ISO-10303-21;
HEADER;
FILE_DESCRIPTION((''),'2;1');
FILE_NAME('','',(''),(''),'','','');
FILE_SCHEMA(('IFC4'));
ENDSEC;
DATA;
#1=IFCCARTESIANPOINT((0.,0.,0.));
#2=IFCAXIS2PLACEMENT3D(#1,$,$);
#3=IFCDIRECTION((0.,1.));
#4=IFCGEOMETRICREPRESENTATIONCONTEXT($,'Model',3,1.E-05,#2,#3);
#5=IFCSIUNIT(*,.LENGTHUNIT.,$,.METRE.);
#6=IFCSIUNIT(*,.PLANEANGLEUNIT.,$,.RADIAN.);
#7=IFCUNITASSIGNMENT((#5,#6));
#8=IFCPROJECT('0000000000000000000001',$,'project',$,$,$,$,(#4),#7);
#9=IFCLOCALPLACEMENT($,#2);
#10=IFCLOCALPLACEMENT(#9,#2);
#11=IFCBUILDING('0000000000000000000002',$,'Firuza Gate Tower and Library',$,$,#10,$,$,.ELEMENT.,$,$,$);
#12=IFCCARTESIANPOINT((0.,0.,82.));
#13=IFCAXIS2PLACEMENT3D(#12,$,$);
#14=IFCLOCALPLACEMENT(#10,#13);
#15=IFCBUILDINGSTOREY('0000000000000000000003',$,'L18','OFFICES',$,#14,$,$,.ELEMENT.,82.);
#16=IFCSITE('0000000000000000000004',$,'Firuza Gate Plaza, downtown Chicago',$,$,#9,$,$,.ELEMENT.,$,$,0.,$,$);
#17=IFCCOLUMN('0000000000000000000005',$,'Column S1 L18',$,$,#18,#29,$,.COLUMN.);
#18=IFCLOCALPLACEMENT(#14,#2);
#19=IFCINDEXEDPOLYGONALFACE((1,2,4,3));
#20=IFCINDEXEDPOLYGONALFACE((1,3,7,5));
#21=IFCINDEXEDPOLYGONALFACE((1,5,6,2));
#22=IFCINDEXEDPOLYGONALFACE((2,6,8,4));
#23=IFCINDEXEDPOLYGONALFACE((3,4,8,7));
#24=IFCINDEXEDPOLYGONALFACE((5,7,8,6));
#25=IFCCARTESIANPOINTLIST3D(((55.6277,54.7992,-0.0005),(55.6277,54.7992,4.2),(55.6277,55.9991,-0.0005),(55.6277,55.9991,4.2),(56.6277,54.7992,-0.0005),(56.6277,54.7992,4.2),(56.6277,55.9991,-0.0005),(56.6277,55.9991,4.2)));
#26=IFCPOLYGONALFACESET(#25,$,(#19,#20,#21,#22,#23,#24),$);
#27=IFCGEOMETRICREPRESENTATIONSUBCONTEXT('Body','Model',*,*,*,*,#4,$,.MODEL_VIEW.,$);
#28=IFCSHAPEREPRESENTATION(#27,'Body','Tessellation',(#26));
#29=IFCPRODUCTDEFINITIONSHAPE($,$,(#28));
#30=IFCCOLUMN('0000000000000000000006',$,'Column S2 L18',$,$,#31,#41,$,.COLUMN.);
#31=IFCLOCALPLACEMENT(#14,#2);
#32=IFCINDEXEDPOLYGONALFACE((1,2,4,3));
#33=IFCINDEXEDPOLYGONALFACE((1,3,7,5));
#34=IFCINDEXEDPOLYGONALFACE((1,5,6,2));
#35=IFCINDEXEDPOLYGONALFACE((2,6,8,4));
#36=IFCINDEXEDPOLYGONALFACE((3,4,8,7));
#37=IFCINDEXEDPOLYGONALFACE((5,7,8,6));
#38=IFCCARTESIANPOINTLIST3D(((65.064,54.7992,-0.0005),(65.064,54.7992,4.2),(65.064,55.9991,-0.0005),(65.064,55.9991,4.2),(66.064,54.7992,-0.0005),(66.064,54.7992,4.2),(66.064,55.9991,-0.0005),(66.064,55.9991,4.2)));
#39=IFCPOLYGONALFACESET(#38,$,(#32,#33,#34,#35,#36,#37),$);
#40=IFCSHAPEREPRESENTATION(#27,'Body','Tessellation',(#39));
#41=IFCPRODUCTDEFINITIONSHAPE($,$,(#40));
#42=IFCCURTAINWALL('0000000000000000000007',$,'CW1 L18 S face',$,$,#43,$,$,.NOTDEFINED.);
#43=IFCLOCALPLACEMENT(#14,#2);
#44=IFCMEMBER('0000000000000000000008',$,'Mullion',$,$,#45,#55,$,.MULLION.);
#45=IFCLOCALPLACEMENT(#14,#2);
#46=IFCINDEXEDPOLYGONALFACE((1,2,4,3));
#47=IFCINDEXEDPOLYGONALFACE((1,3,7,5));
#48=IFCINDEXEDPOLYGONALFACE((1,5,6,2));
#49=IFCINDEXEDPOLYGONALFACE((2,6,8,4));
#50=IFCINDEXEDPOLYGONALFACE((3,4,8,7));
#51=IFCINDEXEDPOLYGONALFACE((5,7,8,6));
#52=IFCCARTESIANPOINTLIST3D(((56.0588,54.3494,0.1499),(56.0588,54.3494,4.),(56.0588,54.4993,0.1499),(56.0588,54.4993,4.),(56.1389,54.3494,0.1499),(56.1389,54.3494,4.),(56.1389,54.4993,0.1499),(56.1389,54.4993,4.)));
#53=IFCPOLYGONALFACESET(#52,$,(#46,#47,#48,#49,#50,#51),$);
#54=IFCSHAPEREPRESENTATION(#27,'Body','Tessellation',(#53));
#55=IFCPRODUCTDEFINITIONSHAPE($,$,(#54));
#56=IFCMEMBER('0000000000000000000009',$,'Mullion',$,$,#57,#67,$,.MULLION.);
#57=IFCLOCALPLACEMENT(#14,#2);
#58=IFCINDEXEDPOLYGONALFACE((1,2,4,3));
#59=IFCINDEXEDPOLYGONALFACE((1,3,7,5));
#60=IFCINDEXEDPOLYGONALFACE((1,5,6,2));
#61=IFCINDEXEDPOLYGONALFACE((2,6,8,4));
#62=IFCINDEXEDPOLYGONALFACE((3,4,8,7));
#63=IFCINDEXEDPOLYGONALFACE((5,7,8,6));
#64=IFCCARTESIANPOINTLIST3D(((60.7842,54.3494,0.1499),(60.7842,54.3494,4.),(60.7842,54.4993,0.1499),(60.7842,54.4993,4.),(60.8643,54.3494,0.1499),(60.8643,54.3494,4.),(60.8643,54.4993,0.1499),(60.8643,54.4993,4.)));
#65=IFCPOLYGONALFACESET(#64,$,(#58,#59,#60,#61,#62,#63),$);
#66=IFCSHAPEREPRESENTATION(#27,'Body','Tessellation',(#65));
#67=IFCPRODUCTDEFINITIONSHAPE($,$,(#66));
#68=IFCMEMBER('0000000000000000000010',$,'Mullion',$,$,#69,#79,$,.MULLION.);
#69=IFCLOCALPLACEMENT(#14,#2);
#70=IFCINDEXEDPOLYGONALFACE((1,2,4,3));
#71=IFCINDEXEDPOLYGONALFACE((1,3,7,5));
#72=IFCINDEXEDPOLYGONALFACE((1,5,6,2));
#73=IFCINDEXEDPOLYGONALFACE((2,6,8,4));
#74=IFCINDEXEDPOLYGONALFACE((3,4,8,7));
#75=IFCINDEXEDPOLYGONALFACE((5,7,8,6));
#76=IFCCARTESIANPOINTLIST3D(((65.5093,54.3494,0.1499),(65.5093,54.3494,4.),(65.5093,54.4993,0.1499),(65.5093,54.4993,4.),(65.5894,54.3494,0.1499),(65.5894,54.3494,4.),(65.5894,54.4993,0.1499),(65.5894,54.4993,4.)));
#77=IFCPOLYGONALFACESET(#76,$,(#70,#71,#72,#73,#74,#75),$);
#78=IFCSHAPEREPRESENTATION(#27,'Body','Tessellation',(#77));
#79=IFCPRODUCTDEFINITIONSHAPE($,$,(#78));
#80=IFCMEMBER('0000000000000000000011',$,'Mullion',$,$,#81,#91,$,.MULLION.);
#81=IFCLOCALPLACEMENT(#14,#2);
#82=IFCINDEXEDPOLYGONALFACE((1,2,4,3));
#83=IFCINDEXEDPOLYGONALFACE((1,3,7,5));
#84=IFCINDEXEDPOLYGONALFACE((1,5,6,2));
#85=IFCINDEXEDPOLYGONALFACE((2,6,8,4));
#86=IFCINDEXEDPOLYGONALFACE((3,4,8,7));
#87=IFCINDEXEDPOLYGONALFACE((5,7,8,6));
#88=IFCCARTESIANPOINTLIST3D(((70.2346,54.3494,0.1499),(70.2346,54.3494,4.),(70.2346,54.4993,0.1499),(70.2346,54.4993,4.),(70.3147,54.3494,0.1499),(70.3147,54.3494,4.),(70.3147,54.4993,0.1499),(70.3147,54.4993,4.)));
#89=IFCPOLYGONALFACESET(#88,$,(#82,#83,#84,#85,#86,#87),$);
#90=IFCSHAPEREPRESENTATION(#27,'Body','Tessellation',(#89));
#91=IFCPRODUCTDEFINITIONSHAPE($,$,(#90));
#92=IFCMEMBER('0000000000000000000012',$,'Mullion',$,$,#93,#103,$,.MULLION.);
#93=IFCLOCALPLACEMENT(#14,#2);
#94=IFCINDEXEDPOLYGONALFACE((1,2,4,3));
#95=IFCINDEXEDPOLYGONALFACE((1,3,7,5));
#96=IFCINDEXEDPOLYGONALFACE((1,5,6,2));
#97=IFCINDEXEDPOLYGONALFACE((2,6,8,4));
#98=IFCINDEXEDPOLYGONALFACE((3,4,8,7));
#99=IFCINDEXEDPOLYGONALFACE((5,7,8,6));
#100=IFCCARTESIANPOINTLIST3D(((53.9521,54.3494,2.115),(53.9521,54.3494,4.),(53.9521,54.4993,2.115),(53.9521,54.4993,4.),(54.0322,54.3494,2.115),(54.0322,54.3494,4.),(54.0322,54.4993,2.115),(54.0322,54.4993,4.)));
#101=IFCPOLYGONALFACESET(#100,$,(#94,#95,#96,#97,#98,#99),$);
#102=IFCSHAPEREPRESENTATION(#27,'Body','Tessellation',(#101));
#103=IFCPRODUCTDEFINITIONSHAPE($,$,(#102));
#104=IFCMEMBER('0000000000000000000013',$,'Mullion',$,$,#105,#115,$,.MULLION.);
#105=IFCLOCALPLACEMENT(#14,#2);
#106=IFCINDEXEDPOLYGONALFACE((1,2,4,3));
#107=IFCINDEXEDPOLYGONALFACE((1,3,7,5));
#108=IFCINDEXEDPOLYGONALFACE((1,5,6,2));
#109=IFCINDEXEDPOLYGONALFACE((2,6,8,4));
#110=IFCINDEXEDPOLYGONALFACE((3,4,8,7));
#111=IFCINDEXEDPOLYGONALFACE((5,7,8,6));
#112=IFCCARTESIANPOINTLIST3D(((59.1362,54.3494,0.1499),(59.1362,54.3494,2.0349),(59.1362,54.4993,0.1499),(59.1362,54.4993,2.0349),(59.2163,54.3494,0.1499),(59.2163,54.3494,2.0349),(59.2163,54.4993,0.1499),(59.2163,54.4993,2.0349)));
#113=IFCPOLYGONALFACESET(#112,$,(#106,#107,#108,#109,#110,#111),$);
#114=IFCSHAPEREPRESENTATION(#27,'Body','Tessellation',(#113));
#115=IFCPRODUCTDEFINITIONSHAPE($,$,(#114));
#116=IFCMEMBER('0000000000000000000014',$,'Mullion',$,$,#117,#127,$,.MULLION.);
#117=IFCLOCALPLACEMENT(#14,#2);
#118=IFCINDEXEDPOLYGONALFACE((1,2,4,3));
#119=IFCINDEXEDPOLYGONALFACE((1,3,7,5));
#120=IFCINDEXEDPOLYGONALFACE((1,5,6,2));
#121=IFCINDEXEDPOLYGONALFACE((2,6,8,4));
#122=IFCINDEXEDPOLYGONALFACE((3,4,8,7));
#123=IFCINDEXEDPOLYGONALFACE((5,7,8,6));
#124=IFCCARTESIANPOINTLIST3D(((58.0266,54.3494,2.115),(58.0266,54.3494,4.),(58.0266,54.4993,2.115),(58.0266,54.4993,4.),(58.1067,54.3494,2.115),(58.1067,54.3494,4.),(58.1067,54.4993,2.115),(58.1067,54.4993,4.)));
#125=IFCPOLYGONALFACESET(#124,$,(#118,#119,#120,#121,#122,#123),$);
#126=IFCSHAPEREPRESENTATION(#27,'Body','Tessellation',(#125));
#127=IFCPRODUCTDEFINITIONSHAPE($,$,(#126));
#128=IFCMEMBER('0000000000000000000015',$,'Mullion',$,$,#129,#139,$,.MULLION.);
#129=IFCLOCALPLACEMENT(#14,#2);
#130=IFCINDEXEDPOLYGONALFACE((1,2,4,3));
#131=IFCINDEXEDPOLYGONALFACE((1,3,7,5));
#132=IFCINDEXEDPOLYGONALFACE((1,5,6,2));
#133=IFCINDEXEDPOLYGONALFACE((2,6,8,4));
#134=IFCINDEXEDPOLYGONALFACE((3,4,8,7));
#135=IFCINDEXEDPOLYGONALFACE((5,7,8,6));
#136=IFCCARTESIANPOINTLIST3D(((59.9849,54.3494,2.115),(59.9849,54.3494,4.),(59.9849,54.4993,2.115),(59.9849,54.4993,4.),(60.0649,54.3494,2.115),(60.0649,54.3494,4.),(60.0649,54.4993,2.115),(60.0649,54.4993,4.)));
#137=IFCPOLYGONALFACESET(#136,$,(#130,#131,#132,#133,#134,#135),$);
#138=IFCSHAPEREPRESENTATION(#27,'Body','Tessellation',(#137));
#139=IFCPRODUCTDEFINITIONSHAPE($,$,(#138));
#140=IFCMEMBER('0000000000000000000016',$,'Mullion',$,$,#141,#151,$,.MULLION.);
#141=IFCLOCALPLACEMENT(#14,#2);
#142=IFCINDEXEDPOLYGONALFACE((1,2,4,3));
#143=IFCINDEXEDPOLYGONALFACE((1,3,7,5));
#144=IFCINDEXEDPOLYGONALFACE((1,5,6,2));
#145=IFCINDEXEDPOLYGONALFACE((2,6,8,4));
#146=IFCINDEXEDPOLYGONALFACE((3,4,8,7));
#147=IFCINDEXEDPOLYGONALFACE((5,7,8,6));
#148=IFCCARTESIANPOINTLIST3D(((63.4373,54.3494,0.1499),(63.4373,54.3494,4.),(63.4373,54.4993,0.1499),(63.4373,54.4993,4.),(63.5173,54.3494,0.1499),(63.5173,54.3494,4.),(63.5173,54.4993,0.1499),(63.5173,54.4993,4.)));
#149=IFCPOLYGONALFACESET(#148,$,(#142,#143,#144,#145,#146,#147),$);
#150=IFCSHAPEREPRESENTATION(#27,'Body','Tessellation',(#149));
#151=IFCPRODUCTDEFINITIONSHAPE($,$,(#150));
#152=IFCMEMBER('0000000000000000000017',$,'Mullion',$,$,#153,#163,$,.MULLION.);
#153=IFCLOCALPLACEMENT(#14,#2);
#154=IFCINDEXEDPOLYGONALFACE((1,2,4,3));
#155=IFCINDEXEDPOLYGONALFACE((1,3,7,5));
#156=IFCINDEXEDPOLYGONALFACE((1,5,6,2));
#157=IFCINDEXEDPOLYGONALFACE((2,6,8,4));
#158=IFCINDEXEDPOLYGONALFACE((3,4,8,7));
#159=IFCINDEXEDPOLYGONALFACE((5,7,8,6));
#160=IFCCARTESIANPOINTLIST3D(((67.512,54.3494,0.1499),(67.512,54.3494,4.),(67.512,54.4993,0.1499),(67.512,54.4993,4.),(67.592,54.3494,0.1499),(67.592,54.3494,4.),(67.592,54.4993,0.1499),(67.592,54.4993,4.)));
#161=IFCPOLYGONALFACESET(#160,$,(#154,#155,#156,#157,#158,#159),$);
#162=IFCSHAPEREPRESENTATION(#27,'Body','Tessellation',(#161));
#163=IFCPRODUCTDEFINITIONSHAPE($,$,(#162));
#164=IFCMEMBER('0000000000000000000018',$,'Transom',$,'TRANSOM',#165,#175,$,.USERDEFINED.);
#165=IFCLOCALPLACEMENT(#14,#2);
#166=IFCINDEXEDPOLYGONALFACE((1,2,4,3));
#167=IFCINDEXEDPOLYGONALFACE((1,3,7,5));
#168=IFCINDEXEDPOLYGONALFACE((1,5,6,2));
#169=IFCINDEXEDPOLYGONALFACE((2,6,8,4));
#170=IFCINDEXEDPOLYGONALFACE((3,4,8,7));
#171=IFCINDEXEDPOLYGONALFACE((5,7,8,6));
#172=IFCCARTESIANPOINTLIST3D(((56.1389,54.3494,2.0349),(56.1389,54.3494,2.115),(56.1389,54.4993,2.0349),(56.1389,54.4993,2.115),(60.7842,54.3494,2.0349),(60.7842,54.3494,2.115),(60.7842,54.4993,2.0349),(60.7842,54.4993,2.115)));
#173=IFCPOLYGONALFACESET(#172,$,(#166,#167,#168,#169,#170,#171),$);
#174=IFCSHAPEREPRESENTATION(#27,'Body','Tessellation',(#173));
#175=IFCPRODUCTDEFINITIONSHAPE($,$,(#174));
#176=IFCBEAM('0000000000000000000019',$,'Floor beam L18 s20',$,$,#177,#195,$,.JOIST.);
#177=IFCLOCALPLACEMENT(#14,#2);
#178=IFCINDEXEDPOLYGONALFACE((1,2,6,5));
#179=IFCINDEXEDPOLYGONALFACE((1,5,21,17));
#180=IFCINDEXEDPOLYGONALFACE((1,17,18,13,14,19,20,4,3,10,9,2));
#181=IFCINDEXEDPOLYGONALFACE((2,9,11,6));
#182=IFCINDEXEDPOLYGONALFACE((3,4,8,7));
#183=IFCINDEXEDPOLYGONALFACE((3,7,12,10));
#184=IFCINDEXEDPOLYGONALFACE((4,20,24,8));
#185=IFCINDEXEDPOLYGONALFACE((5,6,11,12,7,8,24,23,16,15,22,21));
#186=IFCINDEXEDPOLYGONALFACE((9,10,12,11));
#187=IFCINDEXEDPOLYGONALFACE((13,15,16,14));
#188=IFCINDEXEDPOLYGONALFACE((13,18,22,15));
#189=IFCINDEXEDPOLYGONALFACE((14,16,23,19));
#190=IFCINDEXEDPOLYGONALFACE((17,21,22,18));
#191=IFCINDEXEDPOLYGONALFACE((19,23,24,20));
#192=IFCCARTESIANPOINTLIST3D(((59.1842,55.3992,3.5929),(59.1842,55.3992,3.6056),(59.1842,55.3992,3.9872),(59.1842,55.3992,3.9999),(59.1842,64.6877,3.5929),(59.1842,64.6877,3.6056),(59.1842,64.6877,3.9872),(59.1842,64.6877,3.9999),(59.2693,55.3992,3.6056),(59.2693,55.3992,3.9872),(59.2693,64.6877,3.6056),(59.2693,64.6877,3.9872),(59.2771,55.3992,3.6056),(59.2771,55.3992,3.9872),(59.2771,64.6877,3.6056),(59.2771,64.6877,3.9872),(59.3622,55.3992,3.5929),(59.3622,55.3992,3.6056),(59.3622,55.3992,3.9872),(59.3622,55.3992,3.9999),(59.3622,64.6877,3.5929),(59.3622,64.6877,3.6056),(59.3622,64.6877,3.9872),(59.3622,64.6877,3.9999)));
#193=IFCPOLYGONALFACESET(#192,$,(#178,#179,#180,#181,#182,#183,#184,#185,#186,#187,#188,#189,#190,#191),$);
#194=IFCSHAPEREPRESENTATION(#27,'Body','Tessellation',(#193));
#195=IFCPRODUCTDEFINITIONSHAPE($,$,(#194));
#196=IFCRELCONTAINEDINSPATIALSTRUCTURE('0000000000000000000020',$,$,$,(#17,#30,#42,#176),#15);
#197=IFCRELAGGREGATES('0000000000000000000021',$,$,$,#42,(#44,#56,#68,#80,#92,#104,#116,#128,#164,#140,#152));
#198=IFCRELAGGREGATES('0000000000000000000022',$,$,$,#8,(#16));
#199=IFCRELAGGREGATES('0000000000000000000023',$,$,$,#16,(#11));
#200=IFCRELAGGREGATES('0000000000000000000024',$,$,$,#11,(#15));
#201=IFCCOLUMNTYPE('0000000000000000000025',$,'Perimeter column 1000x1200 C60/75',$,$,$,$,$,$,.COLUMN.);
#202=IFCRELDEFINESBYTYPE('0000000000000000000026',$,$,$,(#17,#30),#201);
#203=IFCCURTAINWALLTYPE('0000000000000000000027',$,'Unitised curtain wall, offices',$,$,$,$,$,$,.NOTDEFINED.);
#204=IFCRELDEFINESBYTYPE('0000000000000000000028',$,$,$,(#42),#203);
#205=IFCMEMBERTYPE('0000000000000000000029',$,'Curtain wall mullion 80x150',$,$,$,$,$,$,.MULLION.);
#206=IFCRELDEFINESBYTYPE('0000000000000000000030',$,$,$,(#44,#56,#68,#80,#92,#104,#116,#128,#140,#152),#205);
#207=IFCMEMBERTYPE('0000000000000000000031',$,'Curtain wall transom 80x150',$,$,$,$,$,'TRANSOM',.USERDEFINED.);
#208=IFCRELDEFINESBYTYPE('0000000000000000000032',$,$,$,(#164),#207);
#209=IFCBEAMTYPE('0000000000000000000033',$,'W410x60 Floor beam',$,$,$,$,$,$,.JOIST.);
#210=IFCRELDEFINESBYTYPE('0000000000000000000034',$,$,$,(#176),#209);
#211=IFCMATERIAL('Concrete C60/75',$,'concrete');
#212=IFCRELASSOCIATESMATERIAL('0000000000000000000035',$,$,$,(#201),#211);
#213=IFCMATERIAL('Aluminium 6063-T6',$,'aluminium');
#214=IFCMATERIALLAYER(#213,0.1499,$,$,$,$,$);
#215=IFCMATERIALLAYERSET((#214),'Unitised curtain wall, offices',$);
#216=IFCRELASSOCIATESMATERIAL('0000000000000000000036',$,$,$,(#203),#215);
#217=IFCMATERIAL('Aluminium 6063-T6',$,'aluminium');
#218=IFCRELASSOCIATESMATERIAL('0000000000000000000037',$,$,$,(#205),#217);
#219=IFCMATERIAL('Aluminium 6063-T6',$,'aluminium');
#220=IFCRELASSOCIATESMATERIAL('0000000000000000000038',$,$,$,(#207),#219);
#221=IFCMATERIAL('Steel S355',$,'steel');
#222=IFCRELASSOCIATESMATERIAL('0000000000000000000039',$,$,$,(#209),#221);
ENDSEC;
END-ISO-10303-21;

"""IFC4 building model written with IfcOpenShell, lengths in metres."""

from ifc_helpers import new_model, si_unit, direction, frame, origin, origin_2d, place, context, subcontext, project, spatial, rectangle, i_section, extrude, material, layer, layer_set, material_profile, profile_set, type_object, element, aggregate, save


model = new_model("IFC4")

# Units and contexts
model_context = context("Model", 3, precision=1e-05, world=origin(), true_north=direction((0.0, 1.0)))
body_context = subcontext(model_context, "Body", "Model", "MODEL_VIEW")
ifc_project = project(units=[si_unit("LENGTHUNIT", "METRE"), si_unit("PLANEANGLEUNIT", "RADIAN")], contexts=[model_context])

# Site, building, storey
site_placement = place(None, origin())
site = spatial("IfcSite", under=ifc_project, at=site_placement, Name="Firuza Gate Plaza, downtown Chicago", CompositionType="ELEMENT", RefElevation=0.0)
building_placement = place(site_placement, origin())
building = spatial("IfcBuilding", under=site, at=building_placement, Name="Firuza Gate Tower and Library", CompositionType="ELEMENT")
storey_placement = place(building_placement, frame((0.0, 0.0, 82.0)))
storey = spatial("IfcBuildingStorey", under=building, at=storey_placement, Name="L18", Description="OFFICES", CompositionType="ELEMENT", Elevation=82.0)

# Columns
ifc_material_1 = material(Name="Concrete C60/75", Category="concrete")
ifc_material_profile_1 = material_profile(ifc_material_1, rectangle(XDim=1.0, YDim=1.2, at=origin_2d()))
ifc_profile_set_1 = profile_set([ifc_material_profile_1], Name="Concrete C60/75")
column_type = type_object("IfcColumnType", Name="Perimeter column 1000x1200 C60/75", PredefinedType="COLUMN", material=ifc_profile_set_1)
for number, where, z_axis, x_axis, name in (
    (1, (56.1277, 55.3992, -0.0005), (0.0, 0.0, 1.0), (1.0, 0.0, 0.0), "Column S1 L18"),
    (2, (65.564, 55.3992, -0.0005), (0.0, 0.0, 1.0), (1.0, 0.0, 0.0), "Column S2 L18"),
):
    element("IfcColumn", number, at=place(storey_placement, frame(where, z_axis=z_axis, x_axis=x_axis)), inside=storey, type_object=column_type, Name=name, PredefinedType="COLUMN", context=body_context, shape_type="SweptSolid", body=[
        extrude(rectangle(XDim=1.0, YDim=1.2, at=origin_2d()), origin(), (0.0, 0.0, 1.0), 4.2004),
    ])

# Curtain wall, members
ifc_material_2 = material(Name="Aluminium 6063-T6", Category="aluminium")
ifc_layer_1 = layer(ifc_material_2, 0.1499)
ifc_layer_set_1 = layer_set([ifc_layer_1], Name="Unitised curtain wall, offices")
curtain_wall_type = type_object("IfcCurtainWallType", Name="Unitised curtain wall, offices", PredefinedType="NOTDEFINED", material=ifc_layer_set_1)
curtain_wall_placement = place(storey_placement, origin())
curtain_wall = element("IfcCurtainWall", 3, at=curtain_wall_placement, inside=storey, type_object=curtain_wall_type, Name="CW1 L18 S face", PredefinedType="NOTDEFINED")
ifc_material_3 = material(Name="Aluminium 6063-T6", Category="aluminium")
ifc_material_profile_2 = material_profile(ifc_material_3, rectangle(XDim=0.1499, YDim=0.0801, at=origin_2d()))
ifc_profile_set_2 = profile_set([ifc_material_profile_2], Name="Aluminium 6063-T6")
member_type_1 = type_object("IfcMemberType", Name="Curtain wall mullion 80x150", PredefinedType="MULLION", material=ifc_profile_set_2)
member_1_placement = place(storey_placement, frame((56.0989, 54.4243, 0.1499), z_axis=(0.0, 0.0, 1.0), x_axis=(0.0, 1.0, 0.0)))
member_1 = element("IfcMember", 4, at=member_1_placement, type_object=member_type_1, Name="Mullion", PredefinedType="MULLION", context=body_context, shape_type="SweptSolid", body=[
    extrude(rectangle(XDim=0.1499, YDim=0.0801, at=origin_2d()), origin(), (0.0, 0.0, 1.0), 3.8501),
])
member_2_placement = place(storey_placement, frame((60.8242, 54.4243, 0.1499), z_axis=(0.0, 0.0, 1.0), x_axis=(0.0, 1.0, 0.0)))
member_2 = element("IfcMember", 5, at=member_2_placement, type_object=member_type_1, Name="Mullion", PredefinedType="MULLION", context=body_context, shape_type="SweptSolid", body=[
    extrude(rectangle(XDim=0.1499, YDim=0.0801, at=origin_2d()), origin(), (0.0, 0.0, 1.0), 3.8501),
])
member_3_placement = place(storey_placement, frame((65.5493, 54.4243, 0.1499), z_axis=(0.0, 0.0, 1.0), x_axis=(0.0, 1.0, 0.0)))
member_3 = element("IfcMember", 6, at=member_3_placement, type_object=member_type_1, Name="Mullion", PredefinedType="MULLION", context=body_context, shape_type="SweptSolid", body=[
    extrude(rectangle(XDim=0.1499, YDim=0.0801, at=origin_2d()), origin(), (0.0, 0.0, 1.0), 3.8501),
])
member_4_placement = place(storey_placement, frame((70.2747, 54.4243, 0.1499), z_axis=(0.0, 0.0, 1.0), x_axis=(0.0, 1.0, 0.0)))
member_4 = element("IfcMember", 7, at=member_4_placement, type_object=member_type_1, Name="Mullion", PredefinedType="MULLION", context=body_context, shape_type="SweptSolid", body=[
    extrude(rectangle(XDim=0.1499, YDim=0.0801, at=origin_2d()), origin(), (0.0, 0.0, 1.0), 3.8501),
])
member_5_placement = place(storey_placement, frame((53.9922, 54.4243, 2.115), z_axis=(0.0, 0.0, 1.0), x_axis=(0.0, 1.0, 0.0)))
member_5 = element("IfcMember", 8, at=member_5_placement, type_object=member_type_1, Name="Mullion", PredefinedType="MULLION", context=body_context, shape_type="SweptSolid", body=[
    extrude(rectangle(XDim=0.1499, YDim=0.0801, at=origin_2d()), origin(), (0.0, 0.0, 1.0), 1.885),
])
member_6_placement = place(storey_placement, frame((59.1763, 54.4243, 0.1499), z_axis=(0.0, 0.0, 1.0), x_axis=(0.0, 1.0, 0.0)))
member_6 = element("IfcMember", 9, at=member_6_placement, type_object=member_type_1, Name="Mullion", PredefinedType="MULLION", context=body_context, shape_type="SweptSolid", body=[
    extrude(rectangle(XDim=0.1499, YDim=0.0801, at=origin_2d()), origin(), (0.0, 0.0, 1.0), 1.885),
])
member_7_placement = place(storey_placement, frame((58.0667, 54.4243, 2.115), z_axis=(0.0, 0.0, 1.0), x_axis=(0.0, 1.0, 0.0)))
member_7 = element("IfcMember", 10, at=member_7_placement, type_object=member_type_1, Name="Mullion", PredefinedType="MULLION", context=body_context, shape_type="SweptSolid", body=[
    extrude(rectangle(XDim=0.1499, YDim=0.0801, at=origin_2d()), origin(), (0.0, 0.0, 1.0), 1.885),
])
member_8_placement = place(storey_placement, frame((60.0249, 54.4243, 2.115), z_axis=(0.0, 0.0, 1.0), x_axis=(0.0, 1.0, 0.0)))
member_8 = element("IfcMember", 11, at=member_8_placement, type_object=member_type_1, Name="Mullion", PredefinedType="MULLION", context=body_context, shape_type="SweptSolid", body=[
    extrude(rectangle(XDim=0.1499, YDim=0.0801, at=origin_2d()), origin(), (0.0, 0.0, 1.0), 1.885),
])
member_9_placement = place(storey_placement, frame((63.4773, 54.4243, 0.1499), z_axis=(0.0, 0.0, 1.0), x_axis=(0.0, 1.0, 0.0)))
member_9 = element("IfcMember", 12, at=member_9_placement, type_object=member_type_1, Name="Mullion", PredefinedType="MULLION", context=body_context, shape_type="SweptSolid", body=[
    extrude(rectangle(XDim=0.1499, YDim=0.0801, at=origin_2d()), origin(), (0.0, 0.0, 1.0), 3.8501),
])
member_10_placement = place(storey_placement, frame((67.552, 54.4243, 0.1499), z_axis=(0.0, 0.0, 1.0), x_axis=(0.0, 1.0, 0.0)))
member_10 = element("IfcMember", 13, at=member_10_placement, type_object=member_type_1, Name="Mullion", PredefinedType="MULLION", context=body_context, shape_type="SweptSolid", body=[
    extrude(rectangle(XDim=0.1499, YDim=0.0801, at=origin_2d()), origin(), (0.0, 0.0, 1.0), 3.8501),
])
ifc_material_4 = material(Name="Aluminium 6063-T6", Category="aluminium")
ifc_material_profile_3 = material_profile(ifc_material_4, rectangle(XDim=0.1499, YDim=0.0801, at=origin_2d()))
ifc_profile_set_3 = profile_set([ifc_material_profile_3], Name="Aluminium 6063-T6")
member_type_2 = type_object("IfcMemberType", Name="Curtain wall transom 80x150", ElementType="TRANSOM", PredefinedType="USERDEFINED", material=ifc_profile_set_3)
member_11_placement = place(storey_placement, frame((56.1389, 54.4243, 2.075), z_axis=(1.0, 0.0, 0.0), x_axis=(0.0, 1.0, 0.0)))
member_11 = element("IfcMember", 14, at=member_11_placement, type_object=member_type_2, Name="Transom", ObjectType="TRANSOM", PredefinedType="USERDEFINED", context=body_context, shape_type="SweptSolid", body=[
    extrude(rectangle(XDim=0.1499, YDim=0.0801, at=origin_2d()), origin(), (0.0, 0.0, 1.0), 4.6453),
])

# Beam
ifc_material_5 = material(Name="Steel S355", Category="steel")
ifc_material_profile_4 = material_profile(ifc_material_5, i_section(OverallWidth=0.178, OverallDepth=0.407, WebThickness=0.0078, FlangeThickness=0.0127, at=origin_2d()))
ifc_profile_set_4 = profile_set([ifc_material_profile_4], Name="Steel S355")
beam_type_1 = type_object("IfcBeamType", Name="W410x60 Floor beam", PredefinedType="JOIST", material=ifc_profile_set_4)
beam_1_placement = place(storey_placement, frame((59.2732, 55.3992, 3.7964), z_axis=(0.0, 1.0, 0.0), x_axis=(-1.0, 0.0, 0.0)))
element("IfcBeam", 15, at=beam_1_placement, inside=storey, type_object=beam_type_1, Name="Floor beam L18 s20", PredefinedType="JOIST", context=body_context, shape_type="SweptSolid", body=[
    extrude(i_section(OverallWidth=0.178, OverallDepth=0.407, WebThickness=0.0078, FlangeThickness=0.0127, at=origin_2d()), origin(), (0.0, 0.0, 1.0), 9.2886),
])

aggregate(curtain_wall, [member_1, member_2, member_3, member_4, member_5, member_6, member_7, member_8, member_11, member_9, member_10])

save(model, "model.ifc")
